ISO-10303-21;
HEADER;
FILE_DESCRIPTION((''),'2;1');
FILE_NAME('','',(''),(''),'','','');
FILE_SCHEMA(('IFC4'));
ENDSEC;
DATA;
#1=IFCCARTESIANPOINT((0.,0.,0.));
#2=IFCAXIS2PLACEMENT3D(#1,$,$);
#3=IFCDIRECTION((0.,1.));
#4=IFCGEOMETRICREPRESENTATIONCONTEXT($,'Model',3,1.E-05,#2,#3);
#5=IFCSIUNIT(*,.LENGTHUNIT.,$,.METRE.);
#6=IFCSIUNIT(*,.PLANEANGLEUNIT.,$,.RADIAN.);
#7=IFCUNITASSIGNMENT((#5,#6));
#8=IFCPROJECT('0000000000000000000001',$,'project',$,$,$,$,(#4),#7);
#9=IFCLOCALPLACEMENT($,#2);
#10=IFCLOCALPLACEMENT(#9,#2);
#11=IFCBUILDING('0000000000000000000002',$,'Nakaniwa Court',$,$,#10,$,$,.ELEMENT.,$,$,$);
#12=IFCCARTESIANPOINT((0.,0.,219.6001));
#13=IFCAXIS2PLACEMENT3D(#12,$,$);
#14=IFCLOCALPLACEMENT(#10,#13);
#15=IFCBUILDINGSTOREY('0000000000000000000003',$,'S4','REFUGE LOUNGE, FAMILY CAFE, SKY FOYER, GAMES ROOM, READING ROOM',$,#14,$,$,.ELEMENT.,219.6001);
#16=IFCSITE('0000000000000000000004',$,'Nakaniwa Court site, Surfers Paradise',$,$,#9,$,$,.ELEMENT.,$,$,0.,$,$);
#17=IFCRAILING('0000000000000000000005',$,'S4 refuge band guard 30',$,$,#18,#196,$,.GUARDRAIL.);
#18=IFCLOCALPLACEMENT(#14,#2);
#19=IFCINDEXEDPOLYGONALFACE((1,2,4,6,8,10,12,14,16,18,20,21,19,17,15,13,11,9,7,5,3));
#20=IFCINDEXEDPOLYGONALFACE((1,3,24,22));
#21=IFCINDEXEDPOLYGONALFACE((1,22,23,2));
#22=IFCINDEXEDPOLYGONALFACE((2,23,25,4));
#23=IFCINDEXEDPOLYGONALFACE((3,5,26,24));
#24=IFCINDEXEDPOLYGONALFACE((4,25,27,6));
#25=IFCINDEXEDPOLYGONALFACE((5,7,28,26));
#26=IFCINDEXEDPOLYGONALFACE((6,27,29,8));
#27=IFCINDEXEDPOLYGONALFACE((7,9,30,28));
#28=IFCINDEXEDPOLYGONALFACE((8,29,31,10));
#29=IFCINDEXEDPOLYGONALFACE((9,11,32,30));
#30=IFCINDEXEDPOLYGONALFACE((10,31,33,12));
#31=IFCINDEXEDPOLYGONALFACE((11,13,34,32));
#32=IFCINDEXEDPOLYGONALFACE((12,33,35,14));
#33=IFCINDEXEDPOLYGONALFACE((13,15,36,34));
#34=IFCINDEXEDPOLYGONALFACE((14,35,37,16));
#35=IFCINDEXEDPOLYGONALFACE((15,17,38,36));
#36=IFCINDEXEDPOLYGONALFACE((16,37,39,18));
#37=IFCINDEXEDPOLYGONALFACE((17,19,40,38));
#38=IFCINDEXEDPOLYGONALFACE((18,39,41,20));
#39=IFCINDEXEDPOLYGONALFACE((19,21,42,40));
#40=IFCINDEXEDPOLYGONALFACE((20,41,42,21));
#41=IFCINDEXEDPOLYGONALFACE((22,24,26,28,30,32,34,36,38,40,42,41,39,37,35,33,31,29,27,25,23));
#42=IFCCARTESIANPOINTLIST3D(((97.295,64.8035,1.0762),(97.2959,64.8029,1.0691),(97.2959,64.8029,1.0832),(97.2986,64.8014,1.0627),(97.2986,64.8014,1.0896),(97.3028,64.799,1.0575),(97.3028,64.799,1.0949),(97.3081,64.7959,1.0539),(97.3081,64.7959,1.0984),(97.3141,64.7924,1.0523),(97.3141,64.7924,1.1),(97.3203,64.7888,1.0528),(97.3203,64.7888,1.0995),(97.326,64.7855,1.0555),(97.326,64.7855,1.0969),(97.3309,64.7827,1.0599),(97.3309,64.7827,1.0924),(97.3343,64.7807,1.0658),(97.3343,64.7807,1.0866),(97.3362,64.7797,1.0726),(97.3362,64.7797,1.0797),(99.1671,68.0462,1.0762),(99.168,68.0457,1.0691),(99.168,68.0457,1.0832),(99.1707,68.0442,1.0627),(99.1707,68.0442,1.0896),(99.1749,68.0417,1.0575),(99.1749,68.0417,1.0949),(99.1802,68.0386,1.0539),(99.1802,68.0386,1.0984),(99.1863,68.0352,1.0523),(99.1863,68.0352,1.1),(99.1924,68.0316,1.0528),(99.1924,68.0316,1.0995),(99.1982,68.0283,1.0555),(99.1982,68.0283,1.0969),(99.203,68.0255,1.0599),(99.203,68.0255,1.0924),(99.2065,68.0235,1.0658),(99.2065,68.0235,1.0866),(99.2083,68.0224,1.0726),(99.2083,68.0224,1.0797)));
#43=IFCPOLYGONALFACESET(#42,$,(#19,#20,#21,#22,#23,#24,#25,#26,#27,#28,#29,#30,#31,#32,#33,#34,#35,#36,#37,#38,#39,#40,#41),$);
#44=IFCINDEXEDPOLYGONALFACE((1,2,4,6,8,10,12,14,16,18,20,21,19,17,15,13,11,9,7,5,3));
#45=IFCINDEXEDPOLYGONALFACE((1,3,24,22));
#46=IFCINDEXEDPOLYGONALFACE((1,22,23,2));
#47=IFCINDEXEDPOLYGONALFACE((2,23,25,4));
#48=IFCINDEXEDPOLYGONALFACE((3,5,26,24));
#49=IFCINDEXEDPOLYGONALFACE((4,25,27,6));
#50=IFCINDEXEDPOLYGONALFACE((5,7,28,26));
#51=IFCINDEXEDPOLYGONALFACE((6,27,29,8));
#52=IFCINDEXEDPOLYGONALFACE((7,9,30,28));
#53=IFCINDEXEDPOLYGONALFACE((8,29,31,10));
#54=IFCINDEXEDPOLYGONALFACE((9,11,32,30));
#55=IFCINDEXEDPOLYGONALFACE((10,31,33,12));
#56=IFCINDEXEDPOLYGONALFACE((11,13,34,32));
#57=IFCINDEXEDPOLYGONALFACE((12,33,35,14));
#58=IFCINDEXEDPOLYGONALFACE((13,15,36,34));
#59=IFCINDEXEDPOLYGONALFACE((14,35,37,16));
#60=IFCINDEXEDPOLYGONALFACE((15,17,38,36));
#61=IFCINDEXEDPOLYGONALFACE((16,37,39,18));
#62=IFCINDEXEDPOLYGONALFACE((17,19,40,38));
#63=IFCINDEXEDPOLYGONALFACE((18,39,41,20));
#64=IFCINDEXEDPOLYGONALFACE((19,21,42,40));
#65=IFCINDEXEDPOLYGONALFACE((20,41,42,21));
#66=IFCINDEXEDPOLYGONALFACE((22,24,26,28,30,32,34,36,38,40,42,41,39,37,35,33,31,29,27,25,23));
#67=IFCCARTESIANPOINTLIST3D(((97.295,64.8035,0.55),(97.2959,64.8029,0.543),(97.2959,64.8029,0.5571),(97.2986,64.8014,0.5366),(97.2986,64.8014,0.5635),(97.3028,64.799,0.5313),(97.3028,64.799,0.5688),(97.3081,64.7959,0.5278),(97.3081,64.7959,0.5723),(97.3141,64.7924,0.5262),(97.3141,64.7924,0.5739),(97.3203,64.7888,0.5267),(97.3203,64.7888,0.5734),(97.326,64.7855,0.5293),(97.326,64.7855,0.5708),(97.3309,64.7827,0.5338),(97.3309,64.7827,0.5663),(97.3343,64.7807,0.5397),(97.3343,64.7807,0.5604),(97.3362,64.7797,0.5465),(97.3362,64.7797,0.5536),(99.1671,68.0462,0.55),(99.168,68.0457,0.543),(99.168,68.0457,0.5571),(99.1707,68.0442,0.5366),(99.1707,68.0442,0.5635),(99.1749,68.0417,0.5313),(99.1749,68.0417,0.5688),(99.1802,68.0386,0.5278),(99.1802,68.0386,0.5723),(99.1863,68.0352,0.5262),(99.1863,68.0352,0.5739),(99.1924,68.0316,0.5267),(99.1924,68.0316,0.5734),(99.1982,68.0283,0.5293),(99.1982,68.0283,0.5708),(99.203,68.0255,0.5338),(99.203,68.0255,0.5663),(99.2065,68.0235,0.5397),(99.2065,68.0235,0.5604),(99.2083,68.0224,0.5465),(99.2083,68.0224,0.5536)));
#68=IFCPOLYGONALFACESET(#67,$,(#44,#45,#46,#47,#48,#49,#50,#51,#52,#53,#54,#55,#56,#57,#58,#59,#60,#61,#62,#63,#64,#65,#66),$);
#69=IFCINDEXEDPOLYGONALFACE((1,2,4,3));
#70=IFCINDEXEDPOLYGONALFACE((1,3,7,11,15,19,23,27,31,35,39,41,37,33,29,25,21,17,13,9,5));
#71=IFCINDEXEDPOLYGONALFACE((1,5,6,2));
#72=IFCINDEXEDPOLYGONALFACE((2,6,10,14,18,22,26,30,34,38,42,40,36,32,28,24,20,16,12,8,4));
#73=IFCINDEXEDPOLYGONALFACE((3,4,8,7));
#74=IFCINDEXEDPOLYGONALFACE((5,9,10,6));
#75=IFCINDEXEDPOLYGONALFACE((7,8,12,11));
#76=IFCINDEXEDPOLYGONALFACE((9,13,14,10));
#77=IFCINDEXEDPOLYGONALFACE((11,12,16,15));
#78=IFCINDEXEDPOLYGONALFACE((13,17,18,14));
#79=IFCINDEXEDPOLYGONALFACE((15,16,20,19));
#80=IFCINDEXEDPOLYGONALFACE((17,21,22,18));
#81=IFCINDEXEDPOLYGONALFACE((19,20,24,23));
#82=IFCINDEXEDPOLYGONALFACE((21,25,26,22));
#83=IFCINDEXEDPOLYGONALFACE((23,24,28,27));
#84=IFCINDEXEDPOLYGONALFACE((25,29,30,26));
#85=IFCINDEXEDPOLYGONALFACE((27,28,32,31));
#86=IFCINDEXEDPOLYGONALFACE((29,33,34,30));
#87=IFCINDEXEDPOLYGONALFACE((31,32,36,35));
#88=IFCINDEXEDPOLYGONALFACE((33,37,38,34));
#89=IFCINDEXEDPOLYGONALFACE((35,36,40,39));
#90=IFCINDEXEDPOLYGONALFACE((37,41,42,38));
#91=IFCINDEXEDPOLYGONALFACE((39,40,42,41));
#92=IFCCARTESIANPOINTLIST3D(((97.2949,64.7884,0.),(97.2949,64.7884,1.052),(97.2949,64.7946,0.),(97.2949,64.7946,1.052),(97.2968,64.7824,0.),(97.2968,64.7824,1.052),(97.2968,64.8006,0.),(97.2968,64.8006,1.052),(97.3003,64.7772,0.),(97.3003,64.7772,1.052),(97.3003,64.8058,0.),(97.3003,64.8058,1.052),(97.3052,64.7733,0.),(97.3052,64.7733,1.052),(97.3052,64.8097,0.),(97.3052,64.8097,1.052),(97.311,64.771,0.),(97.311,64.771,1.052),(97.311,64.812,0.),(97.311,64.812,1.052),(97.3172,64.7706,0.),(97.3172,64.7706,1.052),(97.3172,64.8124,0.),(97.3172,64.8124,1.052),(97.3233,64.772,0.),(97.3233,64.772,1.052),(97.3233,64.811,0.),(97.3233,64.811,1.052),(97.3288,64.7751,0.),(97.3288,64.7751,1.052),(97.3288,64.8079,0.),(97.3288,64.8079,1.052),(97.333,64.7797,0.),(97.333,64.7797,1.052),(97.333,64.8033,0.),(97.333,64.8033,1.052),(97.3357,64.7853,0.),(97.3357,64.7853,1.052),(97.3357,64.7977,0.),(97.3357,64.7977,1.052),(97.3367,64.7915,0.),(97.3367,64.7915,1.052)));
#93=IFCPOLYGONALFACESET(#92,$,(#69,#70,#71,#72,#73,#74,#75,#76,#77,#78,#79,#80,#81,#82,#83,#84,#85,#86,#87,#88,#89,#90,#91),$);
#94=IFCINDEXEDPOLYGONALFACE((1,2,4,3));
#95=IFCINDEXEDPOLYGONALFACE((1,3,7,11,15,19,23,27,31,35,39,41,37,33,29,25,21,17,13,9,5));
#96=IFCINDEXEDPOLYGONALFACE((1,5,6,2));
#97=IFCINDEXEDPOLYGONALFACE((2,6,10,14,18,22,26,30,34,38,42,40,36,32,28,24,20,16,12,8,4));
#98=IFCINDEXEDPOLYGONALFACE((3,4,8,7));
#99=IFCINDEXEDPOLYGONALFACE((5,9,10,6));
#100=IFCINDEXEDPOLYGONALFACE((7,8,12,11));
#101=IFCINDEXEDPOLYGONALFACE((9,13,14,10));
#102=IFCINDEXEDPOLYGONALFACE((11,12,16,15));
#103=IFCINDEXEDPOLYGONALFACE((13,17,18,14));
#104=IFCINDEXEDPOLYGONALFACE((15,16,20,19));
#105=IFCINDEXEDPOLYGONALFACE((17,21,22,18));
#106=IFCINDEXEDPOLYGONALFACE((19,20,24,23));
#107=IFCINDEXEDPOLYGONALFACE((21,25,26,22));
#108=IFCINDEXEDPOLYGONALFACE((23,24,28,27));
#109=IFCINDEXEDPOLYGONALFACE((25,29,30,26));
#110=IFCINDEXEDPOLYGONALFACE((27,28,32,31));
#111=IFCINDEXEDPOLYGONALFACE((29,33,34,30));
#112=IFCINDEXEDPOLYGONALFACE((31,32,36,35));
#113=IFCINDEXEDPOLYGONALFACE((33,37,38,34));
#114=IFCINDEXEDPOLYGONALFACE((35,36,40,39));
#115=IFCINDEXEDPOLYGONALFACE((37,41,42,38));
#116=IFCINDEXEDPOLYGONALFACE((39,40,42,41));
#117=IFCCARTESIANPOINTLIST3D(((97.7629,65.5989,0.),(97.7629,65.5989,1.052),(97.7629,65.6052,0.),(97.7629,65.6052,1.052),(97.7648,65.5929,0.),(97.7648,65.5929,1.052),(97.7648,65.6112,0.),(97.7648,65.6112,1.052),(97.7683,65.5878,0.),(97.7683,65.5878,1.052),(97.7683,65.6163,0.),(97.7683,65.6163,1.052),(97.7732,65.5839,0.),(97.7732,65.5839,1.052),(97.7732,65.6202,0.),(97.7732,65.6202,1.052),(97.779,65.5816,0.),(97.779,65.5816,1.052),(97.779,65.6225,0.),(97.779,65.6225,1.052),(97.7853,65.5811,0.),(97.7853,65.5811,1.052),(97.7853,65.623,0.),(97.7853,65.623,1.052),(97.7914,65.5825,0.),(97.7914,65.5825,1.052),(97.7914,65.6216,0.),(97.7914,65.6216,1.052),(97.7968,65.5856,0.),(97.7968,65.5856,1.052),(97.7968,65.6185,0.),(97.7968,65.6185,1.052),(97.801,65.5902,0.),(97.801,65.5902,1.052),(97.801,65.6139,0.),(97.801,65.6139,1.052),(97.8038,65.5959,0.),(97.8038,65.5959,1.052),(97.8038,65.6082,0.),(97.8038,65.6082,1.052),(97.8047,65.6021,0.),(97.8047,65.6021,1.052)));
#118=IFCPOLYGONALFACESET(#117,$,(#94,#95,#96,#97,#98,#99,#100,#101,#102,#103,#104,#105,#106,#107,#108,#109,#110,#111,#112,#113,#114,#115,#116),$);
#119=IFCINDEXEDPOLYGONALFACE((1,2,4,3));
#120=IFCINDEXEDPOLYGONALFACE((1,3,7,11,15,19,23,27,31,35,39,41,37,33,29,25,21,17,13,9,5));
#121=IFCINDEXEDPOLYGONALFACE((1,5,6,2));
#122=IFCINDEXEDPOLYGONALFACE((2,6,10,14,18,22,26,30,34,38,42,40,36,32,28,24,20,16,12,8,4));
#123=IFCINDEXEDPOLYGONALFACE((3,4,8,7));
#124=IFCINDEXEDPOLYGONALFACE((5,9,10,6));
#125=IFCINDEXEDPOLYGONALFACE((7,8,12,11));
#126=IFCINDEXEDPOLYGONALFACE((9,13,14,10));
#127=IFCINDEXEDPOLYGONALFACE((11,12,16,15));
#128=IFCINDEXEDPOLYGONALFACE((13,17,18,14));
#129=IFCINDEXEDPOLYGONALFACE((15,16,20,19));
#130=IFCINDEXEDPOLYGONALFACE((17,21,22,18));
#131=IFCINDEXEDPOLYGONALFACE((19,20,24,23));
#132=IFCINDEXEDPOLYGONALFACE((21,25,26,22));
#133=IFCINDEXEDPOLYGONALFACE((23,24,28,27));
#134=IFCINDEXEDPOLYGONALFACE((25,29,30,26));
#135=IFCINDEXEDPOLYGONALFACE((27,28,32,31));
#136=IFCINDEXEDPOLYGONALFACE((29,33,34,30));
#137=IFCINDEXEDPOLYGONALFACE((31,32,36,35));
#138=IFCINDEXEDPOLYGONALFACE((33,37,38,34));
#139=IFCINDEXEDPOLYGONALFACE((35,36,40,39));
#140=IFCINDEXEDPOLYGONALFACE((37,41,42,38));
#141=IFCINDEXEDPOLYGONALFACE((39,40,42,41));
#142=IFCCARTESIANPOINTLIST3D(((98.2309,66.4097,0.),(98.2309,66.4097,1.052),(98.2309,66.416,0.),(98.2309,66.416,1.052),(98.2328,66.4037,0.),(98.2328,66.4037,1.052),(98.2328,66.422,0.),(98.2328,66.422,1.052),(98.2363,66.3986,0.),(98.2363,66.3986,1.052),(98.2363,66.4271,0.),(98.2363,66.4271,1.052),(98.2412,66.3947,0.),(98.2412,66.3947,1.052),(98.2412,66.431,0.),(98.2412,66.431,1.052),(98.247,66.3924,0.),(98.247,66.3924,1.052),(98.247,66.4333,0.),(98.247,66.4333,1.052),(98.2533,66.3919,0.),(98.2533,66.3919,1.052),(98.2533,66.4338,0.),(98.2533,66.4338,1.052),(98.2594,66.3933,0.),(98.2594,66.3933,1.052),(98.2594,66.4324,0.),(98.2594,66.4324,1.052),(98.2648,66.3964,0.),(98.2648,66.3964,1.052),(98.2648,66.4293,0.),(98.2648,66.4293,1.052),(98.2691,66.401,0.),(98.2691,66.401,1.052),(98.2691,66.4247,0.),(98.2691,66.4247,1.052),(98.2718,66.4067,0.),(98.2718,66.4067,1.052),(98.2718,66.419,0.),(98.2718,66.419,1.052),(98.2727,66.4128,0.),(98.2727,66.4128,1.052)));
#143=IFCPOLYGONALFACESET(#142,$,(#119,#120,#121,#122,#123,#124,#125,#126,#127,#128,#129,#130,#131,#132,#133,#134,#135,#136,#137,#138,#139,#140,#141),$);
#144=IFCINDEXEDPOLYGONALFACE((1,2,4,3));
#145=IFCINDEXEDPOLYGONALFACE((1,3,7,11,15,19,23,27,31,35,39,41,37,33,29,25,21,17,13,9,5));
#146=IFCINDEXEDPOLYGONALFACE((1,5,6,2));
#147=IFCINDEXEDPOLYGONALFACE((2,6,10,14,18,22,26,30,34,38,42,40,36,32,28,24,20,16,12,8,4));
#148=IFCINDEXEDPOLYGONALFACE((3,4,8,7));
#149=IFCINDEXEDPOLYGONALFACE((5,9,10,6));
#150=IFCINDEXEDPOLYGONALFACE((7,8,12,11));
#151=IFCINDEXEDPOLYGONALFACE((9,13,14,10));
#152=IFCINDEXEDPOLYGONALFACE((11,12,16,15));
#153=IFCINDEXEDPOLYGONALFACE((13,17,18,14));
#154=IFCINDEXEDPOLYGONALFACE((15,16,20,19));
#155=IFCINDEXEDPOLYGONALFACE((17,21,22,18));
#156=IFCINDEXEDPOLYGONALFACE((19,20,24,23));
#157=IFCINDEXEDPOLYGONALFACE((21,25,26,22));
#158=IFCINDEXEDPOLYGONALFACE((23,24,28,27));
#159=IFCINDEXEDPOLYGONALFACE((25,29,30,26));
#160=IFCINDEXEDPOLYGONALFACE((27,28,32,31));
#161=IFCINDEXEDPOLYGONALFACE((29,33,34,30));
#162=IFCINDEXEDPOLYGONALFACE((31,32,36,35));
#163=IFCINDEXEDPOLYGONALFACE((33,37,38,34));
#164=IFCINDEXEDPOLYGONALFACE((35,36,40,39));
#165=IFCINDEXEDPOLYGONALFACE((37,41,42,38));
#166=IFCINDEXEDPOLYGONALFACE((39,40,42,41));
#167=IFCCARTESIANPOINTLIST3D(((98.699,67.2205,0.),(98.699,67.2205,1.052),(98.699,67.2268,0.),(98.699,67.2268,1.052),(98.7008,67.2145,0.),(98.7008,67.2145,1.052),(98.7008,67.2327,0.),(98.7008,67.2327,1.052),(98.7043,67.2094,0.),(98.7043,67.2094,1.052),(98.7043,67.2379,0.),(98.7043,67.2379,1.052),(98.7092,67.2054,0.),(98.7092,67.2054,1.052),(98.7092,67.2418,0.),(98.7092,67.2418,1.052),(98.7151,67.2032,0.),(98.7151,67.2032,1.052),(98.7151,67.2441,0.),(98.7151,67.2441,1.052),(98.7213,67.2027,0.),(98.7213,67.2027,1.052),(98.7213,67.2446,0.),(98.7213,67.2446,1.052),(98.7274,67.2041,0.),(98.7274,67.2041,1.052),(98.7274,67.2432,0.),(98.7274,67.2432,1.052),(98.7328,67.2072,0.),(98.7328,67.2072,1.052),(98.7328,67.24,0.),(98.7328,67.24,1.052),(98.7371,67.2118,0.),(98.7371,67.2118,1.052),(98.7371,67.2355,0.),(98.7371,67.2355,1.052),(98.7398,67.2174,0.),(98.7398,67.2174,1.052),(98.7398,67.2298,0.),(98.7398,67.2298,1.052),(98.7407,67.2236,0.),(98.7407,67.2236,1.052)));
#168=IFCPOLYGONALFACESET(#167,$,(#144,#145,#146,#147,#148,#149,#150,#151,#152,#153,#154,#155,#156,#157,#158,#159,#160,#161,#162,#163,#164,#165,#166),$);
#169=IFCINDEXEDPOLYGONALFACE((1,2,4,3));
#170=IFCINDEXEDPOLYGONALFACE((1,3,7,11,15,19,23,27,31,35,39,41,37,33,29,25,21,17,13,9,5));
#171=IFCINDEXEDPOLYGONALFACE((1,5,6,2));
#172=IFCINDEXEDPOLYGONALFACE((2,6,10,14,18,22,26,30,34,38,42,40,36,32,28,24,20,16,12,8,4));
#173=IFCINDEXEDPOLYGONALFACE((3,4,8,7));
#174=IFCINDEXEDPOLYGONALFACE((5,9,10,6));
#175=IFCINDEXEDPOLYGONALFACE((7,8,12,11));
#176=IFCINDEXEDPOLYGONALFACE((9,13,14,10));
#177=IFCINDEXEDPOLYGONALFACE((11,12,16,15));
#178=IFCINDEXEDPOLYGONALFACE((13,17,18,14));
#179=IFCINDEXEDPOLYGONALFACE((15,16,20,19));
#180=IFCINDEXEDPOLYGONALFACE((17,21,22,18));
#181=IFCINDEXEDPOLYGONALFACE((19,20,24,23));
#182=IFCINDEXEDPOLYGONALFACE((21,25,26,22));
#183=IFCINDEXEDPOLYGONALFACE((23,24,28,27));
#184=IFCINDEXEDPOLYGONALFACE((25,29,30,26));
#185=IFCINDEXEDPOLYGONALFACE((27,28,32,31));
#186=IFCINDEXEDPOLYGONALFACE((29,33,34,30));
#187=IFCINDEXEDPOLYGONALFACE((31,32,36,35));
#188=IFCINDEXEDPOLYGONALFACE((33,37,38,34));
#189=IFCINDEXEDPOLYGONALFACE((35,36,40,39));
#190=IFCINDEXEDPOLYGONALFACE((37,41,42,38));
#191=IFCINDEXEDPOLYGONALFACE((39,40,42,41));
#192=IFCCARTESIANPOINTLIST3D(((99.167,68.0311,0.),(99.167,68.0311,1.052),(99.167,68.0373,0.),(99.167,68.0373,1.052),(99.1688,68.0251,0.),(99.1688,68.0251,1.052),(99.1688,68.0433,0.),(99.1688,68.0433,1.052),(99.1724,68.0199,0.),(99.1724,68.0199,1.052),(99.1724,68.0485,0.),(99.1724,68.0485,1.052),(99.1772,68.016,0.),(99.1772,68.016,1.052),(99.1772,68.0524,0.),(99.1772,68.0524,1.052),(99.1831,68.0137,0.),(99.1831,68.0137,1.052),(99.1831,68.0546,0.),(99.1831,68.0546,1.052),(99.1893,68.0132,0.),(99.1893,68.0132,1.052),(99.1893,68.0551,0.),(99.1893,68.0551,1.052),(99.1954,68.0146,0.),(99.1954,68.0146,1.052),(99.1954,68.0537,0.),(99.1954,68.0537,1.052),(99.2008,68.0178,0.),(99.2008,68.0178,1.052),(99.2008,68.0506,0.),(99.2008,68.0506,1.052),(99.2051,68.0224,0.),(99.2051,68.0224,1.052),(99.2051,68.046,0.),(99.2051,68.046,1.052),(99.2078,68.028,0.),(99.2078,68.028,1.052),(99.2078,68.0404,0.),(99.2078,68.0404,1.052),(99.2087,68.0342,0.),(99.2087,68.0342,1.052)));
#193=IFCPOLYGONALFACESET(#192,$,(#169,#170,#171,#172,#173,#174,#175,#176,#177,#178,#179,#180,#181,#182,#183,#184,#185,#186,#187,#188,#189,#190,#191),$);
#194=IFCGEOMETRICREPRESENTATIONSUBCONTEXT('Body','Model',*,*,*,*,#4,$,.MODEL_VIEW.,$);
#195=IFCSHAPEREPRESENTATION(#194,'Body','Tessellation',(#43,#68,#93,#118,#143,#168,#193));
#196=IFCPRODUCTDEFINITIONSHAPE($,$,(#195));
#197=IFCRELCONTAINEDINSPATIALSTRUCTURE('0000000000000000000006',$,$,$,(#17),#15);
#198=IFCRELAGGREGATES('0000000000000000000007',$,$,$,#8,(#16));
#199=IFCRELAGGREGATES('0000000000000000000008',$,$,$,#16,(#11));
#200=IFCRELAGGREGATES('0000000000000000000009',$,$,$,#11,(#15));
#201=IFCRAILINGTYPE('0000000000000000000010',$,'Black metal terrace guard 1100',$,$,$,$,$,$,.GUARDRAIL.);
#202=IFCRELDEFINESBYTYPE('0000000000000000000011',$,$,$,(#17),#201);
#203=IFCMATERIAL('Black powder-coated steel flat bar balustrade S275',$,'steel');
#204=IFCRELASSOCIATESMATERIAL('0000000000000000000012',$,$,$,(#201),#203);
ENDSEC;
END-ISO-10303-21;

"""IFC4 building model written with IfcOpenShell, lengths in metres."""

from ifc_helpers import new_model, si_unit, direction, frame, origin, origin_2d, place, context, subcontext, project, spatial, circle, extrude, material, type_object, element, save


model = new_model("IFC4")

# Units and contexts
model_context = context("Model", 3, precision=1e-05, world=origin(), true_north=direction((0.0, 1.0)))
body_context = subcontext(model_context, "Body", "Model", "MODEL_VIEW")
ifc_project = project(units=[si_unit("LENGTHUNIT", "METRE"), si_unit("PLANEANGLEUNIT", "RADIAN")], contexts=[model_context])

# Site, building, storey
site_placement = place(None, origin())
site = spatial("IfcSite", under=ifc_project, at=site_placement, Name="Nakaniwa Court site, Surfers Paradise", CompositionType="ELEMENT", RefElevation=0.0)
building_placement = place(site_placement, origin())
building = spatial("IfcBuilding", under=site, at=building_placement, Name="Nakaniwa Court", CompositionType="ELEMENT")
storey_placement = place(building_placement, frame((0.0, 0.0, 219.6001)))
storey = spatial("IfcBuildingStorey", under=building, at=storey_placement, Name="S4", Description="REFUGE LOUNGE, FAMILY CAFE, SKY FOYER, GAMES ROOM, READING ROOM", CompositionType="ELEMENT", Elevation=219.6001)

# Railing
ifc_material_1 = material(Name="Black powder-coated steel flat bar balustrade S275", Category="steel")
railing_type = type_object("IfcRailingType", Name="Black metal terrace guard 1100", PredefinedType="GUARDRAIL", material=ifc_material_1)
railing_1_placement = place(storey_placement, frame((97.3157, 64.7915, 0.0)))
element("IfcRailing", 1, at=railing_1_placement, inside=storey, type_object=railing_type, Name="S4 refuge band guard 30", PredefinedType="GUARDRAIL", context=body_context, shape_type="SweptSolid", body=[
    extrude(circle(Radius=0.0239, at=origin_2d()), frame((0.0, 0.0, 1.0762), z_axis=(0.499982, 0.866036, 0.0), x_axis=(-0.866036, 0.499982, 0.0)), (0.0, 0.0, 1.0), 3.7444),
    extrude(circle(Radius=0.0239, at=origin_2d()), frame((0.0, 0.0, 0.55), z_axis=(0.499982, 0.866036, 0.0), x_axis=(-0.866036, 0.499982, 0.0)), (0.0, 0.0, 1.0), 3.7444),
    extrude(circle(Radius=0.021, at=origin_2d()), origin(), (0.0, 0.0, 1.0), 1.052),
    extrude(circle(Radius=0.021, at=origin_2d()), frame((0.468, 0.8105, 0.0)), (0.0, 0.0, 1.0), 1.052),
    extrude(circle(Radius=0.021, at=origin_2d()), frame((0.936, 1.6213, 0.0)), (0.0, 0.0, 1.0), 1.052),
    extrude(circle(Radius=0.021, at=origin_2d()), frame((1.4041, 2.4321, 0.0)), (0.0, 0.0, 1.0), 1.052),
    extrude(circle(Radius=0.021, at=origin_2d()), frame((1.8721, 3.2427, 0.0)), (0.0, 0.0, 1.0), 1.052),
])

save(model, "model.ifc")
